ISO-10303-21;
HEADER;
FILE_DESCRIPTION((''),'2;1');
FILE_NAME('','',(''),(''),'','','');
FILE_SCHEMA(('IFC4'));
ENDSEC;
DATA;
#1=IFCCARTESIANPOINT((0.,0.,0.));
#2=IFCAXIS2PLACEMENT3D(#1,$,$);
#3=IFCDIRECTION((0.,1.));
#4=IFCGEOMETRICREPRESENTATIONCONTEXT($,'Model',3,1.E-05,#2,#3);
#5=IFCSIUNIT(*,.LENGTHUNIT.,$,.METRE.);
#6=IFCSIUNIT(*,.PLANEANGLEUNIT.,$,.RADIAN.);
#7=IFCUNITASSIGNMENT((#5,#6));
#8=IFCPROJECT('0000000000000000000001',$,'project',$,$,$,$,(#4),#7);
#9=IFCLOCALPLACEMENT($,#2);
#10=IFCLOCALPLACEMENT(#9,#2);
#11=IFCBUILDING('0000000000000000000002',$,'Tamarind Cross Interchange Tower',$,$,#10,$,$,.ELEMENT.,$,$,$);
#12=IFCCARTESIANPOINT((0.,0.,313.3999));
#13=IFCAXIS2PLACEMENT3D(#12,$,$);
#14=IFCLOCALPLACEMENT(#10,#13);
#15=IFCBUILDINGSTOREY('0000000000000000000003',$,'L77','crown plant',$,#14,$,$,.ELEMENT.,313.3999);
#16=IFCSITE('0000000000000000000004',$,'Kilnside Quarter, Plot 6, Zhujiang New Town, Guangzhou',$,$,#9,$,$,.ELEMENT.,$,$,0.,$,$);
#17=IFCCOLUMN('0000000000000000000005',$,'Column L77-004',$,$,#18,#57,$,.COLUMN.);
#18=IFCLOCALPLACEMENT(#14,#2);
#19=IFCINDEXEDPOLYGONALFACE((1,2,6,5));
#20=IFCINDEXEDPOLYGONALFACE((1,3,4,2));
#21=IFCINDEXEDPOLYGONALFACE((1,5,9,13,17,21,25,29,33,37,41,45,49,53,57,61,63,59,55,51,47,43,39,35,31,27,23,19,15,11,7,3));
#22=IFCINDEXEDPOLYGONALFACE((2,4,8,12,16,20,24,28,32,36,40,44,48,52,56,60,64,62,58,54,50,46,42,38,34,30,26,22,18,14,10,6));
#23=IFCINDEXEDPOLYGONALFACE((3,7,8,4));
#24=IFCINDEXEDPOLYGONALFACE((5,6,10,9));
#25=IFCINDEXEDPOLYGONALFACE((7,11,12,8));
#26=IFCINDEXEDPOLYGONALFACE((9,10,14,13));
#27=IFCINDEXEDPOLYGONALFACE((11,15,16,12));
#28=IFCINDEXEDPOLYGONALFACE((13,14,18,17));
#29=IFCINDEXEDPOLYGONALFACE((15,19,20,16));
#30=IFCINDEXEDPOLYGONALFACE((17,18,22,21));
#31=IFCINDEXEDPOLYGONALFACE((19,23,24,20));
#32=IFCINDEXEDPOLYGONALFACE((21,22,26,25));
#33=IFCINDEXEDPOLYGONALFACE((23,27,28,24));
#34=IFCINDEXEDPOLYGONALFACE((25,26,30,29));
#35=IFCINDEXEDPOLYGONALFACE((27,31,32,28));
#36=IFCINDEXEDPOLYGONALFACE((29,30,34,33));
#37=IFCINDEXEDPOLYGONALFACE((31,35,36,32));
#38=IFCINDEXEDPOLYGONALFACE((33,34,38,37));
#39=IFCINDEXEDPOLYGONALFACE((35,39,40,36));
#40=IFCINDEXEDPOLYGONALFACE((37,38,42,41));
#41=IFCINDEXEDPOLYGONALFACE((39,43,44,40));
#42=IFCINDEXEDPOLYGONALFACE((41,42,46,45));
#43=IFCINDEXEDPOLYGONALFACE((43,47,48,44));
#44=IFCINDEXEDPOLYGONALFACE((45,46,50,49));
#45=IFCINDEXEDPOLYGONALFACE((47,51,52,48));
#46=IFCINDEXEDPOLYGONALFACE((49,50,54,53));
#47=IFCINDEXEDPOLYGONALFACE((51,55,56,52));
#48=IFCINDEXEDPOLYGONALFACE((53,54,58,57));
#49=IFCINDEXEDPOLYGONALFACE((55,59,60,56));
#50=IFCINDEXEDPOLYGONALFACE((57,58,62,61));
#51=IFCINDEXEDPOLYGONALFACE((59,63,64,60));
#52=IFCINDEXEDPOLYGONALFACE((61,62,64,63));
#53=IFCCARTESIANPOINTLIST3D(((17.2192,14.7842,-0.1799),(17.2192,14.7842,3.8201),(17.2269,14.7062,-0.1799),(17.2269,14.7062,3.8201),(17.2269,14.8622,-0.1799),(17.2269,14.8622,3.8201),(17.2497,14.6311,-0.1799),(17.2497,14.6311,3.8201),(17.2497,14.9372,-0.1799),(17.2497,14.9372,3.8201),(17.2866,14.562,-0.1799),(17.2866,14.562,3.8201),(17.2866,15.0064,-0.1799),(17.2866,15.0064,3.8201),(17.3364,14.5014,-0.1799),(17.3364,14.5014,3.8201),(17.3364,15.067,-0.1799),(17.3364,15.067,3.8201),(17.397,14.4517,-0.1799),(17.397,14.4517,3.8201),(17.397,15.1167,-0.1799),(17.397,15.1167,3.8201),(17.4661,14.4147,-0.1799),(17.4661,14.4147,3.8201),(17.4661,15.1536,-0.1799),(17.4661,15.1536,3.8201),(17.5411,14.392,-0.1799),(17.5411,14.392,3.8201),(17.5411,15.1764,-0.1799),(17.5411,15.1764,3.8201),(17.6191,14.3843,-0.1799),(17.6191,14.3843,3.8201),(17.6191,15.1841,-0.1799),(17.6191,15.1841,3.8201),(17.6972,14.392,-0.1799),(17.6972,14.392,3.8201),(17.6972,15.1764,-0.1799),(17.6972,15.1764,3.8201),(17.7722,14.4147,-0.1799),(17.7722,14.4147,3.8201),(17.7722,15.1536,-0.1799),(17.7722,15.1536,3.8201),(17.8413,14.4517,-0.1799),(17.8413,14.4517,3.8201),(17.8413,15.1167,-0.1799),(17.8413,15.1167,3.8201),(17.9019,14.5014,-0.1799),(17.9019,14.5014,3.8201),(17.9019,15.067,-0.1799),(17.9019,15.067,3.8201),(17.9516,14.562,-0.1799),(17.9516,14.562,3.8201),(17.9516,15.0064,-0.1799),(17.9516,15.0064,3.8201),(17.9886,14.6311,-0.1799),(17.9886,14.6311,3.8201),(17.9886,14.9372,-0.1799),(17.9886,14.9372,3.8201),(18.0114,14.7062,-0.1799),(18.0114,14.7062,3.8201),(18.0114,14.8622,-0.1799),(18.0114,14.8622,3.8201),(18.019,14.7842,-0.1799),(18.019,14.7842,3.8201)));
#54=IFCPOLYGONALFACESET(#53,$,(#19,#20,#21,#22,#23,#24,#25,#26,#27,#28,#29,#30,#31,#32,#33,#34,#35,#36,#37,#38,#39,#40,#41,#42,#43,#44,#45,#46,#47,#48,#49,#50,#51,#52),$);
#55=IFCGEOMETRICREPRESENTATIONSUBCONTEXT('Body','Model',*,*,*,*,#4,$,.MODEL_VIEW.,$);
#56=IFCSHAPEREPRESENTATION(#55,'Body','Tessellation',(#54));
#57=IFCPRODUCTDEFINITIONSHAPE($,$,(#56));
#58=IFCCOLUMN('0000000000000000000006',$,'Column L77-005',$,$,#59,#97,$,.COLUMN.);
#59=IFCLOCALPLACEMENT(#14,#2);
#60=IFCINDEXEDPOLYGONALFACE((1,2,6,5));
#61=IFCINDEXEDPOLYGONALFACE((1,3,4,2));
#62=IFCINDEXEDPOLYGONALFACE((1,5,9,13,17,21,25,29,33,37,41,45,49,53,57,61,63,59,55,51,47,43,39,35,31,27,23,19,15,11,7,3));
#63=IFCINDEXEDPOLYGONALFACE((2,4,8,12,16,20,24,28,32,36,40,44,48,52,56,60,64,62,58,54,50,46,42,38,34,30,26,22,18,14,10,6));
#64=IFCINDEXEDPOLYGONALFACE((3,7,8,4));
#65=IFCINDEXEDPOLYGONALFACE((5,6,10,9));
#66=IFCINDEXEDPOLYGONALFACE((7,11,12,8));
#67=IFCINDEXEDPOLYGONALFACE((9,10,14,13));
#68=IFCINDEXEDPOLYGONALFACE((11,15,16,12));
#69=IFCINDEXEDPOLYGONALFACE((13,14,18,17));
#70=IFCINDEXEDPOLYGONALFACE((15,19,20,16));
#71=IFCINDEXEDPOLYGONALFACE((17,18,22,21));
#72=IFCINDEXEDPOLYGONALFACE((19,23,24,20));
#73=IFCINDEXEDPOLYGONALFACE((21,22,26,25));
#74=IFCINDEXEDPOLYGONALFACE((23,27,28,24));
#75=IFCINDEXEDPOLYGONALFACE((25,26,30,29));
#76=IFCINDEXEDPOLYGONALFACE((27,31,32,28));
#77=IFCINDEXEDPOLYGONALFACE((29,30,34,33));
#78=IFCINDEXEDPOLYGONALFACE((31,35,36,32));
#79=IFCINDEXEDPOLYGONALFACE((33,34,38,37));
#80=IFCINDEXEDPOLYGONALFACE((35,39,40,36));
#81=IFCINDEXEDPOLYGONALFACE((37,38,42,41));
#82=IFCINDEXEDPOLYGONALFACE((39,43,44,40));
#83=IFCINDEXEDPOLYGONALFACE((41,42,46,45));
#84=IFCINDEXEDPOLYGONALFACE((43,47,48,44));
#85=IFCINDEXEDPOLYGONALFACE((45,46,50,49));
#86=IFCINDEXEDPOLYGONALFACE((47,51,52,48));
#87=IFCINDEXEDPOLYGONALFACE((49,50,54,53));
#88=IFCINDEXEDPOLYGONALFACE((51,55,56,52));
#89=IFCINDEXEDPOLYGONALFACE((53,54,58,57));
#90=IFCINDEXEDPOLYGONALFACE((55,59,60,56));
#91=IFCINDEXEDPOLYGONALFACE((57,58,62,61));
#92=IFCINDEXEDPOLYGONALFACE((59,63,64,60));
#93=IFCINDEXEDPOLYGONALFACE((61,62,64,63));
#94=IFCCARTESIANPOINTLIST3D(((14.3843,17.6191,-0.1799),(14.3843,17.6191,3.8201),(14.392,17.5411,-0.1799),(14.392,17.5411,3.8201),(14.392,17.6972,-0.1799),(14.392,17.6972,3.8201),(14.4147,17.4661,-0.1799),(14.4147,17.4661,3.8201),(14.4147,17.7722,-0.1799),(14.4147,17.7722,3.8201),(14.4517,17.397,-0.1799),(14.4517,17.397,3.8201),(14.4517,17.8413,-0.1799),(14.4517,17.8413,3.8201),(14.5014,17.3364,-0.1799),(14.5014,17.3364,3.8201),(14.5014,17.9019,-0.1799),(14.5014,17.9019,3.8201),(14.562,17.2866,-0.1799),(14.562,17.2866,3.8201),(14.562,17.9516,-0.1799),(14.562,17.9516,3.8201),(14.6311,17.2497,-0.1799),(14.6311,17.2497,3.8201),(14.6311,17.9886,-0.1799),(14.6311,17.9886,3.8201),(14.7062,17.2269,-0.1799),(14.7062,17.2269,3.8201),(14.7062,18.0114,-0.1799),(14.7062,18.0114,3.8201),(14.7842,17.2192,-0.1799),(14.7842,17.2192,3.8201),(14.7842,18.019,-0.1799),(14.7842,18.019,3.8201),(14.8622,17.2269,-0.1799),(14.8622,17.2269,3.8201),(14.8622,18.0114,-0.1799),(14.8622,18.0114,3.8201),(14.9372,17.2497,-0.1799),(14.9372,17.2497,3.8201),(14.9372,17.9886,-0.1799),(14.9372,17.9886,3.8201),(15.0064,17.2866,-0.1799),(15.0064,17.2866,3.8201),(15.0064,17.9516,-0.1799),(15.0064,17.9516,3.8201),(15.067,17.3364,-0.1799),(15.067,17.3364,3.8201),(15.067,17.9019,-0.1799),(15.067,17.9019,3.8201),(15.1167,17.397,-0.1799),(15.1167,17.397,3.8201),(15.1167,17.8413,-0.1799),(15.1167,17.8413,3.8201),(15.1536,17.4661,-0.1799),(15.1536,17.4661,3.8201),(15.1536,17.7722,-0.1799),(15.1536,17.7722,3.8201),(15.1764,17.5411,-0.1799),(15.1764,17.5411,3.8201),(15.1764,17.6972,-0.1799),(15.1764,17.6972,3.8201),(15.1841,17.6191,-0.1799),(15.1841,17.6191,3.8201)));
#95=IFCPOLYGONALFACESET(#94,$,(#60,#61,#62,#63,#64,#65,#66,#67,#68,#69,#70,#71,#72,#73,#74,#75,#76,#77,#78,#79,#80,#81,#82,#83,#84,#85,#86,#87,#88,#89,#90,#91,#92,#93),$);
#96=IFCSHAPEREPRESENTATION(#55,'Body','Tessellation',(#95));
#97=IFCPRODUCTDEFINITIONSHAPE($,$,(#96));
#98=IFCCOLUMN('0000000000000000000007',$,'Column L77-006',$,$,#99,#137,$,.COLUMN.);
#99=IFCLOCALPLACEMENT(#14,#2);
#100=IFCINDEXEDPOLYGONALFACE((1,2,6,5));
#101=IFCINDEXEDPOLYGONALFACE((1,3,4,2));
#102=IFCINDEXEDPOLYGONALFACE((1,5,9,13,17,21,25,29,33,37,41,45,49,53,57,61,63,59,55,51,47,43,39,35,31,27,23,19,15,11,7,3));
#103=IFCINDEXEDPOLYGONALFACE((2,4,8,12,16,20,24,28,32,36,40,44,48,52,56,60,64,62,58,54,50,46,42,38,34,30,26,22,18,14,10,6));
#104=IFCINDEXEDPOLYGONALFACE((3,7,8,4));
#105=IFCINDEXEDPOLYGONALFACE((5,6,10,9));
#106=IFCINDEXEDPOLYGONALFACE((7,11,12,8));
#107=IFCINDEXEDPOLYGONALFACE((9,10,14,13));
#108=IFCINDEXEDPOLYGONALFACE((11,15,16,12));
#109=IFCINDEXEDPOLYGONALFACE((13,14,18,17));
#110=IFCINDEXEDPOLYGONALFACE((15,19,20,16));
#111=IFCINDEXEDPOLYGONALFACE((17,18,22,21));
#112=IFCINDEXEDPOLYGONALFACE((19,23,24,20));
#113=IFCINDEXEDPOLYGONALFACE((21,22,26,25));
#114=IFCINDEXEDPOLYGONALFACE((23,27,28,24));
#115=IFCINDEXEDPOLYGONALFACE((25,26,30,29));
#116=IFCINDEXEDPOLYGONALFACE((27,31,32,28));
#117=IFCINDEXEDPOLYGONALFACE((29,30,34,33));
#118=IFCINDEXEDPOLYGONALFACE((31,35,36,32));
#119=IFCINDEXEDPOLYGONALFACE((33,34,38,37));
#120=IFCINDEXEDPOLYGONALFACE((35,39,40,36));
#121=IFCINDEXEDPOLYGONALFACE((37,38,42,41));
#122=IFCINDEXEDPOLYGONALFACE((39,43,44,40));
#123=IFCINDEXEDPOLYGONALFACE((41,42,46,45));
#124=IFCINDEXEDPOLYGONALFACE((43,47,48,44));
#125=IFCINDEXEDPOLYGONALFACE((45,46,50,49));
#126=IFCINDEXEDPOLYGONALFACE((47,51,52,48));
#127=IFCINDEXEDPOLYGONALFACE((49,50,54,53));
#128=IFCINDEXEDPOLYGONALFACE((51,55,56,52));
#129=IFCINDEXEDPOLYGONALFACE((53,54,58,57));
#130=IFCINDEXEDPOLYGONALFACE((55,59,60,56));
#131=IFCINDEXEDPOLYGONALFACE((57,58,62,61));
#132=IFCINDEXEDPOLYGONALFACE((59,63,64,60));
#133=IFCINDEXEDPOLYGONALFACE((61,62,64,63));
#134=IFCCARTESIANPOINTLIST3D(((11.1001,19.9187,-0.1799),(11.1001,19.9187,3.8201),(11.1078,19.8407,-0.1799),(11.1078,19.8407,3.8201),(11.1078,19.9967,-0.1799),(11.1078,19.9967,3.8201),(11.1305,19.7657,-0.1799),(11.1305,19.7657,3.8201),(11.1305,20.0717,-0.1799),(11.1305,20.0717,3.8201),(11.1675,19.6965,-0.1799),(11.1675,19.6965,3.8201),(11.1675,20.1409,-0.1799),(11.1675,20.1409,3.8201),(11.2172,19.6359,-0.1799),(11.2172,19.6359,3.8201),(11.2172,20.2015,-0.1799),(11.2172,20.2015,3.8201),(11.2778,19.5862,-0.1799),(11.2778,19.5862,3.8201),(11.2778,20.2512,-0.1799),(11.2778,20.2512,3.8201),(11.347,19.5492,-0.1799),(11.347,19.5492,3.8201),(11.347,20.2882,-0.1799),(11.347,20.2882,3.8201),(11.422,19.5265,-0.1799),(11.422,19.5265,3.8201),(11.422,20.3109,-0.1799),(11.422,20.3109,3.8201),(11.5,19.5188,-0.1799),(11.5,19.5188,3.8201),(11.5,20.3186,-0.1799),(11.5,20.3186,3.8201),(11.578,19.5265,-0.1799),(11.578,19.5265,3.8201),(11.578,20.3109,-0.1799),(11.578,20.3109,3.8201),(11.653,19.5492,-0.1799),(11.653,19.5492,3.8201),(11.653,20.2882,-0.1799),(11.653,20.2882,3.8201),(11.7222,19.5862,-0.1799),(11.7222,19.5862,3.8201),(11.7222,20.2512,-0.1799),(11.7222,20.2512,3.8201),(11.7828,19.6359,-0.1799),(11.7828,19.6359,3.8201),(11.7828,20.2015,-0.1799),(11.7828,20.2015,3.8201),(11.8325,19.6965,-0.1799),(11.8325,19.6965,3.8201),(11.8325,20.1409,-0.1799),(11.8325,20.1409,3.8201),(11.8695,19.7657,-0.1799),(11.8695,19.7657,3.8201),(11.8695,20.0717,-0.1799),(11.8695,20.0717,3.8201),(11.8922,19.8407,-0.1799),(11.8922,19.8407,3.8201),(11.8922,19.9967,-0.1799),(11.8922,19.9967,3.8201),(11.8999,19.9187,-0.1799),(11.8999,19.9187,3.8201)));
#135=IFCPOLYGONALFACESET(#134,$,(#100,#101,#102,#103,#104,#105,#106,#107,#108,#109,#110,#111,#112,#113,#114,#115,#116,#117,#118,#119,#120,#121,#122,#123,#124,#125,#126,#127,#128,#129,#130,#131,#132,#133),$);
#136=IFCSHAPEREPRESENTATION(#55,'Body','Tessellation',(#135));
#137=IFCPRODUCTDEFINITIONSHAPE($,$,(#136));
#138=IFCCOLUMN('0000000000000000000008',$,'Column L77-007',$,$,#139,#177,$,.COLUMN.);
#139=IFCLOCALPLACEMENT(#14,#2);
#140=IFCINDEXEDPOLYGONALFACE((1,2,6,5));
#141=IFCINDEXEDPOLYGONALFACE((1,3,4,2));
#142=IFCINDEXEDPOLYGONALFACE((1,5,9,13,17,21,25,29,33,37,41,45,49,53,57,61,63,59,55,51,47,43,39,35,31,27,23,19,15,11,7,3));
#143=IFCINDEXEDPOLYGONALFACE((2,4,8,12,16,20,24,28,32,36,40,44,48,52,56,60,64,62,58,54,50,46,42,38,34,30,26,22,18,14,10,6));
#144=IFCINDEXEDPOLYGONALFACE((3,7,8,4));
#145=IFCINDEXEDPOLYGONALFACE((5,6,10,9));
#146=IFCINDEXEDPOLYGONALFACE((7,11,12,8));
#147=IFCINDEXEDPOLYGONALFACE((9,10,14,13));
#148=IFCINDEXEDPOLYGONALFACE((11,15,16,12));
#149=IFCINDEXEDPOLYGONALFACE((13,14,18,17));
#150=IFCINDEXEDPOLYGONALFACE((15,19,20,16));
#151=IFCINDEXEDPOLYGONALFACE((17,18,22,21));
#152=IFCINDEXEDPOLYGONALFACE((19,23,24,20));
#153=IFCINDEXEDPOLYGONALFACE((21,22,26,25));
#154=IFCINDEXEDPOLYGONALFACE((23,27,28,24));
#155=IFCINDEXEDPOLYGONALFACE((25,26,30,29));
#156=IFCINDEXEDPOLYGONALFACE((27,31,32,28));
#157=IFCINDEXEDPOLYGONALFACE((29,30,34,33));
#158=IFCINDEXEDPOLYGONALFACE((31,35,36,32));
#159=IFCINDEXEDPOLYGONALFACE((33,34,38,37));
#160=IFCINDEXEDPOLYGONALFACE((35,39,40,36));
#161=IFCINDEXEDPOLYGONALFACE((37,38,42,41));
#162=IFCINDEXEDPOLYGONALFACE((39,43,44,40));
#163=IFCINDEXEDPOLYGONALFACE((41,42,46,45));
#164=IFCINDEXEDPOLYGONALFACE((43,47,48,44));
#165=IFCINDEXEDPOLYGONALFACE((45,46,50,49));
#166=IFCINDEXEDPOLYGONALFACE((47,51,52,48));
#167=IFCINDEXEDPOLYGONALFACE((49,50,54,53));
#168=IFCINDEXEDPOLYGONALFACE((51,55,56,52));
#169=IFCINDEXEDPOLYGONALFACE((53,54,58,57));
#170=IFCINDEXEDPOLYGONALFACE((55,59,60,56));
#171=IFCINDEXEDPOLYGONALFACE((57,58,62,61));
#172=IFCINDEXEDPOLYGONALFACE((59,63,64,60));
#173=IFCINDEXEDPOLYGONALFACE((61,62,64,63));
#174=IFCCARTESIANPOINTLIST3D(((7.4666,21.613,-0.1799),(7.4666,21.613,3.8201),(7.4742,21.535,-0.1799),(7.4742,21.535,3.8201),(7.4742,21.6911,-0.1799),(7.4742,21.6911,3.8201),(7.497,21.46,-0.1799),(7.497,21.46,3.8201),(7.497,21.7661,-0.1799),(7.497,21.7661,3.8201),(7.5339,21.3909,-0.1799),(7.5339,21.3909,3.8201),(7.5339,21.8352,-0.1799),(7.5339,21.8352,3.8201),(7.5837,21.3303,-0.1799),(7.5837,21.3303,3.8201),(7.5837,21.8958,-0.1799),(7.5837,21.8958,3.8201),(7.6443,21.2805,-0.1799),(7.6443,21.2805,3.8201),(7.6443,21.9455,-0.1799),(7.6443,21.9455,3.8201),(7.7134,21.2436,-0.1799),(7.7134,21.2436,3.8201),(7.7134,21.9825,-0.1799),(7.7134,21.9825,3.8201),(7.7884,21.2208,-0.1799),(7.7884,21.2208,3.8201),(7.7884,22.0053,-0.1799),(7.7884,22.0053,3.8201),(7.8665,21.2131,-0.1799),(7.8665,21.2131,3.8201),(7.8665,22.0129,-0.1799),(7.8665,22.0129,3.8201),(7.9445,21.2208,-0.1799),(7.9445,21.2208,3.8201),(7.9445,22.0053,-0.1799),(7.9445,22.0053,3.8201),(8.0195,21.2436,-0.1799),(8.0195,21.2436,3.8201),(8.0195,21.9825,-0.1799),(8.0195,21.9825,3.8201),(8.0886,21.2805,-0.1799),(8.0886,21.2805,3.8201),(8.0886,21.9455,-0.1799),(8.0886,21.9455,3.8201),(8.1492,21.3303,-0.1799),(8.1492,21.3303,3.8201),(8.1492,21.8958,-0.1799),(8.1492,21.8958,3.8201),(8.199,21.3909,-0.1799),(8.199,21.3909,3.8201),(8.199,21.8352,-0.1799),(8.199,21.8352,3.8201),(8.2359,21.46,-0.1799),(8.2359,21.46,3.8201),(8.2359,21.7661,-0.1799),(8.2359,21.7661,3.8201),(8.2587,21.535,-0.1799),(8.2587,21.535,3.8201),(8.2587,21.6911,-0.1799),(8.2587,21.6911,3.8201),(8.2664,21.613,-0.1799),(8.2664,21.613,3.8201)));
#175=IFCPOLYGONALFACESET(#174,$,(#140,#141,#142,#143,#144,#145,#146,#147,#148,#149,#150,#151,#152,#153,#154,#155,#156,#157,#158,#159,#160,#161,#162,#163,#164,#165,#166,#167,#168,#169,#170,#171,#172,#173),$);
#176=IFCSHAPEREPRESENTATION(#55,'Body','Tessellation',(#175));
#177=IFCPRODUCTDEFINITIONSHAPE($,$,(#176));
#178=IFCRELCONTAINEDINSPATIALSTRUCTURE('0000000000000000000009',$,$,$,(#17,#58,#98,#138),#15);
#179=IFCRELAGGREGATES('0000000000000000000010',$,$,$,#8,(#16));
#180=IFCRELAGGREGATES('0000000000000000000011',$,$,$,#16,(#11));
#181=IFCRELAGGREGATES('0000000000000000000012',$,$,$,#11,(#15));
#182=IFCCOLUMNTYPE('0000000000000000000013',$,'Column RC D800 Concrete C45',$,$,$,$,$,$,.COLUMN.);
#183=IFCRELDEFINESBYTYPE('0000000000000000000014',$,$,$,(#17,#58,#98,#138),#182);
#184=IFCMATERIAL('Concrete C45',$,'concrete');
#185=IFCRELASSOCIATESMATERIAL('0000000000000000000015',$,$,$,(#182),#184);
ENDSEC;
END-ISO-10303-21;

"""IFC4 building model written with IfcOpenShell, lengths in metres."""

from ifc_helpers import new_model, si_unit, direction, frame, origin, origin_2d, place, context, subcontext, project, spatial, circle, extrude, material, material_profile, profile_set, type_object, element, save


model = new_model("IFC4")

# Units and contexts
model_context = context("Model", 3, precision=1e-05, world=origin(), true_north=direction((0.0, 1.0)))
body_context = subcontext(model_context, "Body", "Model", "MODEL_VIEW")
ifc_project = project(units=[si_unit("LENGTHUNIT", "METRE"), si_unit("PLANEANGLEUNIT", "RADIAN")], contexts=[model_context])

# Site, building, storey
site_placement = place(None, origin())
site = spatial("IfcSite", under=ifc_project, at=site_placement, Name="Kilnside Quarter, Plot 6, Zhujiang New Town, Guangzhou", CompositionType="ELEMENT", RefElevation=0.0)
building_placement = place(site_placement, origin())
building = spatial("IfcBuilding", under=site, at=building_placement, Name="Tamarind Cross Interchange Tower", CompositionType="ELEMENT")
storey_placement = place(building_placement, frame((0.0, 0.0, 313.3999)))
storey = spatial("IfcBuildingStorey", under=building, at=storey_placement, Name="L77", Description="crown plant", CompositionType="ELEMENT", Elevation=313.3999)

# Columns
ifc_material_1 = material(Name="Concrete C45", Category="concrete")
ifc_material_profile_1 = material_profile(ifc_material_1, circle(Radius=0.3999, at=origin_2d()), Name="RC D800")
ifc_profile_set_1 = profile_set([ifc_material_profile_1], Name="Concrete C45")
column_type = type_object("IfcColumnType", Name="Column RC D800 Concrete C45", PredefinedType="COLUMN", material=ifc_profile_set_1)
for number, where, z_axis, x_axis, name in (
    (1, (17.6191, 14.7842, -0.1799), (0.0, 0.0, 1.0), (1.0, 0.0, 0.0), "Column L77-004"),
    (2, (14.7842, 17.6191, -0.1799), (0.0, 0.0, 1.0), (1.0, 0.0, 0.0), "Column L77-005"),
    (3, (11.5, 19.9187, -0.1799), (0.0, 0.0, 1.0), (1.0, 0.0, 0.0), "Column L77-006"),
    (4, (7.8665, 21.613, -0.1799), (0.0, 0.0, 1.0), (1.0, 0.0, 0.0), "Column L77-007"),
):
    element("IfcColumn", number, at=place(storey_placement, frame(where, z_axis=z_axis, x_axis=x_axis)), inside=storey, type_object=column_type, Name=name, PredefinedType="COLUMN", context=body_context, shape_type="SweptSolid", body=[
        extrude(circle(Radius=0.3999, at=origin_2d()), origin(), (0.0, 0.0, 1.0), 4.0),
    ])

save(model, "model.ifc")
